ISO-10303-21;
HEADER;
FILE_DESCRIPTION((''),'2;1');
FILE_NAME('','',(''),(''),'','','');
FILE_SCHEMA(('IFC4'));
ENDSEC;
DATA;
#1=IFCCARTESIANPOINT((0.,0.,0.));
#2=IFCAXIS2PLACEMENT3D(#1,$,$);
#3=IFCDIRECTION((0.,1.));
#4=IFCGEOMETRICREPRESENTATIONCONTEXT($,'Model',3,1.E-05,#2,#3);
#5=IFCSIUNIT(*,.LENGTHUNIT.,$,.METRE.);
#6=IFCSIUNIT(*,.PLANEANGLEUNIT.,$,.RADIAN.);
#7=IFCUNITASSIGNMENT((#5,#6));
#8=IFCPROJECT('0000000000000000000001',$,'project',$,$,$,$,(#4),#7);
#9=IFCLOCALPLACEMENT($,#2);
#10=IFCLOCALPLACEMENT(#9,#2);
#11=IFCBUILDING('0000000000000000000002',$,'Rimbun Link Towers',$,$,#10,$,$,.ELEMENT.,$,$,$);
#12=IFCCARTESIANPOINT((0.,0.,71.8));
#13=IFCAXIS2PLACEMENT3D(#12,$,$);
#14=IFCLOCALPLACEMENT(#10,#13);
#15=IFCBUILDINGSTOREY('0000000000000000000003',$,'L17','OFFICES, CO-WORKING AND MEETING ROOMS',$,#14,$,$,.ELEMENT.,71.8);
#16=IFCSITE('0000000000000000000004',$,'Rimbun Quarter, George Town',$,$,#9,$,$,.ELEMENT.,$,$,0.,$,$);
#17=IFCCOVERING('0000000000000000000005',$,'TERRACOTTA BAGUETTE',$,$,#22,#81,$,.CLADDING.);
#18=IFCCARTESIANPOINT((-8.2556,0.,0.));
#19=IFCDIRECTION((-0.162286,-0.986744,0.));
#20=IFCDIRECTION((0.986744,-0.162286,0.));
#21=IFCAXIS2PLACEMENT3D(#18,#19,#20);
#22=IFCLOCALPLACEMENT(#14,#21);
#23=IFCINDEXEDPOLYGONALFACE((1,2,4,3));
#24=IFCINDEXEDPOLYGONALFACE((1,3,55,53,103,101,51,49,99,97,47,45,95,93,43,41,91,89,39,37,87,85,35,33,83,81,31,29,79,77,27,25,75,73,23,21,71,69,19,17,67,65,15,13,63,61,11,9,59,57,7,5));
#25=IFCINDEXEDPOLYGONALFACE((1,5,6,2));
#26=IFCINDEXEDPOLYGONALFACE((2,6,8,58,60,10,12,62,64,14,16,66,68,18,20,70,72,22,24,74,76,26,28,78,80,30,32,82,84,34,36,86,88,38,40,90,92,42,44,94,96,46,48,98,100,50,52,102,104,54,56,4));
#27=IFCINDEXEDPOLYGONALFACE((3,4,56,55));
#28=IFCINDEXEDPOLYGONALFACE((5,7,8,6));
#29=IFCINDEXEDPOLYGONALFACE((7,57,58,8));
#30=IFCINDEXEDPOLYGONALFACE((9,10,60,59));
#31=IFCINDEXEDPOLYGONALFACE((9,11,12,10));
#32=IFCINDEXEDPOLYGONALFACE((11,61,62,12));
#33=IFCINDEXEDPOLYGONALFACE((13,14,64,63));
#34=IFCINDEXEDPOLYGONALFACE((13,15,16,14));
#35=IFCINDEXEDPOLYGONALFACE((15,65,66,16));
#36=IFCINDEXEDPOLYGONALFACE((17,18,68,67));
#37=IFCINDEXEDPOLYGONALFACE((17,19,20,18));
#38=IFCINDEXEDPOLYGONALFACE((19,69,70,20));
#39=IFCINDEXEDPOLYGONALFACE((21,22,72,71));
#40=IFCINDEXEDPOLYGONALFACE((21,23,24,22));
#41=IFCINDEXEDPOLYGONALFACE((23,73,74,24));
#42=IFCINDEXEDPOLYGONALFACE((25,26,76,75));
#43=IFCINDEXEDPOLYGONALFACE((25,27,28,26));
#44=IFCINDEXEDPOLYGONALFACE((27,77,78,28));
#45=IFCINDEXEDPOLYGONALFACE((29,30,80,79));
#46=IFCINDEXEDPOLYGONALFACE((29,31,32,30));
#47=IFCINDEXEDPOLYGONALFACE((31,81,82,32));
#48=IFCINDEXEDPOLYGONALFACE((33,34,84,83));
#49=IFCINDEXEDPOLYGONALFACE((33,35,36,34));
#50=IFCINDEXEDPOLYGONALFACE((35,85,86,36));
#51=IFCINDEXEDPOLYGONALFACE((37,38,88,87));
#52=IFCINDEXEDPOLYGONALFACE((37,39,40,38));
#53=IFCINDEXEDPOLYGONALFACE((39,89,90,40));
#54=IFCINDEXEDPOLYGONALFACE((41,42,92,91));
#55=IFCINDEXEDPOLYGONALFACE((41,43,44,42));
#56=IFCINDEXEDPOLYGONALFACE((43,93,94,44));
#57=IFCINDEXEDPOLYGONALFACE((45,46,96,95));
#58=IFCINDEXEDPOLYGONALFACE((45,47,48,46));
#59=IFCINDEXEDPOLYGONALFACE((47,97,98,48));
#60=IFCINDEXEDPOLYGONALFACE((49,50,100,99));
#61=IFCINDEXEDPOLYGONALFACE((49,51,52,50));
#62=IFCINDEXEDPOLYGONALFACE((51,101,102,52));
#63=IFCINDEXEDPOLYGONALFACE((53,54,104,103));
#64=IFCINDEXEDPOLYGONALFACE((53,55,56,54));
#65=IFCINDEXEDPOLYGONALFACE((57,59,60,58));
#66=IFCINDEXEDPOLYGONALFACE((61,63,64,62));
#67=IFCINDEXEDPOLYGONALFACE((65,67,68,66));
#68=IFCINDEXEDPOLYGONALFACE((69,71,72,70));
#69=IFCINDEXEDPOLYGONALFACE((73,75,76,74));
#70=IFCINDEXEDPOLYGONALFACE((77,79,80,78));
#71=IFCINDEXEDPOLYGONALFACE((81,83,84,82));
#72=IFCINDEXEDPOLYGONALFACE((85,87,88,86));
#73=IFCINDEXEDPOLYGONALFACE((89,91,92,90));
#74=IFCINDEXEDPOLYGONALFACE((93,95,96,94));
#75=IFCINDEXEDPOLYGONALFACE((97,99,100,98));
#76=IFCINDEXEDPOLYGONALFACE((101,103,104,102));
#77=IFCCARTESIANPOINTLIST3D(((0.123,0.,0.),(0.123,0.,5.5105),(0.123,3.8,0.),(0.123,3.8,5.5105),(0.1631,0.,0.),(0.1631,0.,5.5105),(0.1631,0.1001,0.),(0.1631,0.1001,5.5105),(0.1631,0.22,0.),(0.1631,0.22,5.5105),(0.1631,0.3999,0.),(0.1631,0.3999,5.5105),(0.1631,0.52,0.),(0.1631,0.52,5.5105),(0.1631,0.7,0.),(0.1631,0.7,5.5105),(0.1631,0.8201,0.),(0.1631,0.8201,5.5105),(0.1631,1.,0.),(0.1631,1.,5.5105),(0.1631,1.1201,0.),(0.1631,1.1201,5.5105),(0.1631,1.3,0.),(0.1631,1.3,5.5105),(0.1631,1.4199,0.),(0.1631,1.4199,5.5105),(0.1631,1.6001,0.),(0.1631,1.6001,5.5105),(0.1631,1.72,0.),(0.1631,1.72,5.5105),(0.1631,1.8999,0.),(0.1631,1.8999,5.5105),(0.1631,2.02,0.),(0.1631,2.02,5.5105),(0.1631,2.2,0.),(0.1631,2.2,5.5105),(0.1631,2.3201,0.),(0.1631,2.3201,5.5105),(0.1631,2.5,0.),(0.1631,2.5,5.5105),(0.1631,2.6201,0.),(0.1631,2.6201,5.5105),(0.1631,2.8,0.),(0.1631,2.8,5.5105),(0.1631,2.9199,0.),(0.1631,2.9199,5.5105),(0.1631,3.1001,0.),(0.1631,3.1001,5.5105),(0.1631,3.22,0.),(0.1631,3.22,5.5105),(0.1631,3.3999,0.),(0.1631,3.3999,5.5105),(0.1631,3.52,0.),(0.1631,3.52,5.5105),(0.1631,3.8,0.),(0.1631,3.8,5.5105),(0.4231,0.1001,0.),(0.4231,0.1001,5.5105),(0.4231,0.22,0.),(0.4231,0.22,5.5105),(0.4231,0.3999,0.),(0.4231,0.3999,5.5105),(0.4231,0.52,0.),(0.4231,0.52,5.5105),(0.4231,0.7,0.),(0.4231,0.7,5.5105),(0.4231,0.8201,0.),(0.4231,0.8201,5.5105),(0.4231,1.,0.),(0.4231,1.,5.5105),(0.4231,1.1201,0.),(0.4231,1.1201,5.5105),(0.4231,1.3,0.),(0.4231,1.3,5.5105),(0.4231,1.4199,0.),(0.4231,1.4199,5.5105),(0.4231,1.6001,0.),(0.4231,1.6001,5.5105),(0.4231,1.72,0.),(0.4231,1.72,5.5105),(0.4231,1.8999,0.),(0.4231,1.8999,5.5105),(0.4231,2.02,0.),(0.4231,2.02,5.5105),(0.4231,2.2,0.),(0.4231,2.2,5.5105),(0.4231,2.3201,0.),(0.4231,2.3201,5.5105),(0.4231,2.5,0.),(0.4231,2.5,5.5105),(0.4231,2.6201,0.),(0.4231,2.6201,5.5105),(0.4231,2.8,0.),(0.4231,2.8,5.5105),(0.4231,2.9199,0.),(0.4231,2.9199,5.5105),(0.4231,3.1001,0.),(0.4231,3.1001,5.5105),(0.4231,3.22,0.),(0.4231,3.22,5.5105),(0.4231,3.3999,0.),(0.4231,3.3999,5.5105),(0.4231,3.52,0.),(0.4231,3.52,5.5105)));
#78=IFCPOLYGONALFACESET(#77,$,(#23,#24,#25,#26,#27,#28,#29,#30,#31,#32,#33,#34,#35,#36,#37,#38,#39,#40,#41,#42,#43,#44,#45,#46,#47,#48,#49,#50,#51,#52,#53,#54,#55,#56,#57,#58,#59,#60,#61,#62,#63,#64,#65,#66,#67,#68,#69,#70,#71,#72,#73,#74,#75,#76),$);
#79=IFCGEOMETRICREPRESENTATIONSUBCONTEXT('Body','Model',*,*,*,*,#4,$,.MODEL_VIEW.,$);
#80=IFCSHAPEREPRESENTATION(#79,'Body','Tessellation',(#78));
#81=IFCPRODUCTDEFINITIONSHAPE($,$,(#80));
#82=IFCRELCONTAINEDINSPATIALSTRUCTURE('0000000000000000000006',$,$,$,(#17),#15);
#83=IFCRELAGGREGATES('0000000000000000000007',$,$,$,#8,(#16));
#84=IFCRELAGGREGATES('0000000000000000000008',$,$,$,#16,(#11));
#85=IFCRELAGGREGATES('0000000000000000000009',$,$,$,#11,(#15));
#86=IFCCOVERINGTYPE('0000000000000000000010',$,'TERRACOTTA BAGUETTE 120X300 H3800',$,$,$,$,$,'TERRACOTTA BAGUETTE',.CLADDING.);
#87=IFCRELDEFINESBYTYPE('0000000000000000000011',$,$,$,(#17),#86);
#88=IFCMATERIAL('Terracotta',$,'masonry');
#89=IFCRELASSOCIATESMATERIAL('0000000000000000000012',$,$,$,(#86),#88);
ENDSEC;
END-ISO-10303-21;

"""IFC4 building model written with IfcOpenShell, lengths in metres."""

from ifc_helpers import new_model, si_unit, direction, frame, origin, place, context, subcontext, project, spatial, polyline, outline, extrude, material, material_profile, profile_set, type_object, element, save


model = new_model("IFC4")

# Units and contexts
model_context = context("Model", 3, precision=1e-05, world=origin(), true_north=direction((0.0, 1.0)))
body_context = subcontext(model_context, "Body", "Model", "MODEL_VIEW")
ifc_project = project(units=[si_unit("LENGTHUNIT", "METRE"), si_unit("PLANEANGLEUNIT", "RADIAN")], contexts=[model_context])

# Site, building, storey
site_placement = place(None, origin())
site = spatial("IfcSite", under=ifc_project, at=site_placement, Name="Rimbun Quarter, George Town", CompositionType="ELEMENT", RefElevation=0.0)
building_placement = place(site_placement, origin())
building = spatial("IfcBuilding", under=site, at=building_placement, Name="Rimbun Link Towers", CompositionType="ELEMENT")
storey_placement = place(building_placement, frame((0.0, 0.0, 71.8)))
storey = spatial("IfcBuildingStorey", under=building, at=storey_placement, Name="L17", Description="OFFICES, CO-WORKING AND MEETING ROOMS", CompositionType="ELEMENT", Elevation=71.8)

# Covering
ifc_material_1 = material(Name="Terracotta", Category="masonry")
ifc_material_profile_1 = material_profile(ifc_material_1, outline(polyline([(0.123, 0.0), (0.1631, 0.0), (0.1631, 0.1001), (0.4231, 0.1001), (0.4231, 0.22), (0.1631, 0.22), (0.1631, 0.3999), (0.4231, 0.3999), (0.4231, 0.52), (0.1631, 0.52), (0.1631, 0.7), (0.4231, 0.7), (0.4231, 0.8201), (0.1631, 0.8201), (0.1631, 1.0), (0.4231, 1.0), (0.4231, 1.1201), (0.1631, 1.1201), (0.1631, 1.3), (0.4231, 1.3), (0.4231, 1.4199), (0.1631, 1.4199), (0.1631, 1.6001), (0.4231, 1.6001), (0.4231, 1.72), (0.1631, 1.72), (0.1631, 1.8999), (0.4231, 1.8999), (0.4231, 2.02), (0.1631, 2.02), (0.1631, 2.2), (0.4231, 2.2), (0.4231, 2.3201), (0.1631, 2.3201), (0.1631, 2.5), (0.4231, 2.5), (0.4231, 2.6201), (0.1631, 2.6201), (0.1631, 2.8), (0.4231, 2.8), (0.4231, 2.9199), (0.1631, 2.9199), (0.1631, 3.1001), (0.4231, 3.1001), (0.4231, 3.22), (0.1631, 3.22), (0.1631, 3.3999), (0.4231, 3.3999), (0.4231, 3.52), (0.1631, 3.52), (0.1631, 3.8), (0.123, 3.8), (0.123, 0.0)])), Name="BAGUETTE 120X300")
ifc_profile_set_1 = profile_set([ifc_material_profile_1], Name="Terracotta")
covering_type = type_object("IfcCoveringType", Name="TERRACOTTA BAGUETTE 120X300 H3800", ElementType="TERRACOTTA BAGUETTE", PredefinedType="CLADDING", material=ifc_profile_set_1)
covering_1_placement = place(storey_placement, frame((-8.2556, 0.0, 0.0), z_axis=(-0.162286, -0.986744, 0.0), x_axis=(0.986744, -0.162286, 0.0)))
element("IfcCovering", 1, at=covering_1_placement, inside=storey, type_object=covering_type, Name="TERRACOTTA BAGUETTE", PredefinedType="CLADDING", context=body_context, shape_type="SweptSolid", body=[
    extrude(outline(polyline([(0.123, 0.0), (0.1631, 0.0), (0.1631, 0.1001), (0.4231, 0.1001), (0.4231, 0.22), (0.1631, 0.22), (0.1631, 0.3999), (0.4231, 0.3999), (0.4231, 0.52), (0.1631, 0.52), (0.1631, 0.7), (0.4231, 0.7), (0.4231, 0.8201), (0.1631, 0.8201), (0.1631, 1.0), (0.4231, 1.0), (0.4231, 1.1201), (0.1631, 1.1201), (0.1631, 1.3), (0.4231, 1.3), (0.4231, 1.4199), (0.1631, 1.4199), (0.1631, 1.6001), (0.4231, 1.6001), (0.4231, 1.72), (0.1631, 1.72), (0.1631, 1.8999), (0.4231, 1.8999), (0.4231, 2.02), (0.1631, 2.02), (0.1631, 2.2), (0.4231, 2.2), (0.4231, 2.3201), (0.1631, 2.3201), (0.1631, 2.5), (0.4231, 2.5), (0.4231, 2.6201), (0.1631, 2.6201), (0.1631, 2.8), (0.4231, 2.8), (0.4231, 2.9199), (0.1631, 2.9199), (0.1631, 3.1001), (0.4231, 3.1001), (0.4231, 3.22), (0.1631, 3.22), (0.1631, 3.3999), (0.4231, 3.3999), (0.4231, 3.52), (0.1631, 3.52), (0.1631, 3.8), (0.123, 3.8), (0.123, 0.0)])), origin(), (0.0, 0.0, 1.0), 5.5105),
])

save(model, "model.ifc")
